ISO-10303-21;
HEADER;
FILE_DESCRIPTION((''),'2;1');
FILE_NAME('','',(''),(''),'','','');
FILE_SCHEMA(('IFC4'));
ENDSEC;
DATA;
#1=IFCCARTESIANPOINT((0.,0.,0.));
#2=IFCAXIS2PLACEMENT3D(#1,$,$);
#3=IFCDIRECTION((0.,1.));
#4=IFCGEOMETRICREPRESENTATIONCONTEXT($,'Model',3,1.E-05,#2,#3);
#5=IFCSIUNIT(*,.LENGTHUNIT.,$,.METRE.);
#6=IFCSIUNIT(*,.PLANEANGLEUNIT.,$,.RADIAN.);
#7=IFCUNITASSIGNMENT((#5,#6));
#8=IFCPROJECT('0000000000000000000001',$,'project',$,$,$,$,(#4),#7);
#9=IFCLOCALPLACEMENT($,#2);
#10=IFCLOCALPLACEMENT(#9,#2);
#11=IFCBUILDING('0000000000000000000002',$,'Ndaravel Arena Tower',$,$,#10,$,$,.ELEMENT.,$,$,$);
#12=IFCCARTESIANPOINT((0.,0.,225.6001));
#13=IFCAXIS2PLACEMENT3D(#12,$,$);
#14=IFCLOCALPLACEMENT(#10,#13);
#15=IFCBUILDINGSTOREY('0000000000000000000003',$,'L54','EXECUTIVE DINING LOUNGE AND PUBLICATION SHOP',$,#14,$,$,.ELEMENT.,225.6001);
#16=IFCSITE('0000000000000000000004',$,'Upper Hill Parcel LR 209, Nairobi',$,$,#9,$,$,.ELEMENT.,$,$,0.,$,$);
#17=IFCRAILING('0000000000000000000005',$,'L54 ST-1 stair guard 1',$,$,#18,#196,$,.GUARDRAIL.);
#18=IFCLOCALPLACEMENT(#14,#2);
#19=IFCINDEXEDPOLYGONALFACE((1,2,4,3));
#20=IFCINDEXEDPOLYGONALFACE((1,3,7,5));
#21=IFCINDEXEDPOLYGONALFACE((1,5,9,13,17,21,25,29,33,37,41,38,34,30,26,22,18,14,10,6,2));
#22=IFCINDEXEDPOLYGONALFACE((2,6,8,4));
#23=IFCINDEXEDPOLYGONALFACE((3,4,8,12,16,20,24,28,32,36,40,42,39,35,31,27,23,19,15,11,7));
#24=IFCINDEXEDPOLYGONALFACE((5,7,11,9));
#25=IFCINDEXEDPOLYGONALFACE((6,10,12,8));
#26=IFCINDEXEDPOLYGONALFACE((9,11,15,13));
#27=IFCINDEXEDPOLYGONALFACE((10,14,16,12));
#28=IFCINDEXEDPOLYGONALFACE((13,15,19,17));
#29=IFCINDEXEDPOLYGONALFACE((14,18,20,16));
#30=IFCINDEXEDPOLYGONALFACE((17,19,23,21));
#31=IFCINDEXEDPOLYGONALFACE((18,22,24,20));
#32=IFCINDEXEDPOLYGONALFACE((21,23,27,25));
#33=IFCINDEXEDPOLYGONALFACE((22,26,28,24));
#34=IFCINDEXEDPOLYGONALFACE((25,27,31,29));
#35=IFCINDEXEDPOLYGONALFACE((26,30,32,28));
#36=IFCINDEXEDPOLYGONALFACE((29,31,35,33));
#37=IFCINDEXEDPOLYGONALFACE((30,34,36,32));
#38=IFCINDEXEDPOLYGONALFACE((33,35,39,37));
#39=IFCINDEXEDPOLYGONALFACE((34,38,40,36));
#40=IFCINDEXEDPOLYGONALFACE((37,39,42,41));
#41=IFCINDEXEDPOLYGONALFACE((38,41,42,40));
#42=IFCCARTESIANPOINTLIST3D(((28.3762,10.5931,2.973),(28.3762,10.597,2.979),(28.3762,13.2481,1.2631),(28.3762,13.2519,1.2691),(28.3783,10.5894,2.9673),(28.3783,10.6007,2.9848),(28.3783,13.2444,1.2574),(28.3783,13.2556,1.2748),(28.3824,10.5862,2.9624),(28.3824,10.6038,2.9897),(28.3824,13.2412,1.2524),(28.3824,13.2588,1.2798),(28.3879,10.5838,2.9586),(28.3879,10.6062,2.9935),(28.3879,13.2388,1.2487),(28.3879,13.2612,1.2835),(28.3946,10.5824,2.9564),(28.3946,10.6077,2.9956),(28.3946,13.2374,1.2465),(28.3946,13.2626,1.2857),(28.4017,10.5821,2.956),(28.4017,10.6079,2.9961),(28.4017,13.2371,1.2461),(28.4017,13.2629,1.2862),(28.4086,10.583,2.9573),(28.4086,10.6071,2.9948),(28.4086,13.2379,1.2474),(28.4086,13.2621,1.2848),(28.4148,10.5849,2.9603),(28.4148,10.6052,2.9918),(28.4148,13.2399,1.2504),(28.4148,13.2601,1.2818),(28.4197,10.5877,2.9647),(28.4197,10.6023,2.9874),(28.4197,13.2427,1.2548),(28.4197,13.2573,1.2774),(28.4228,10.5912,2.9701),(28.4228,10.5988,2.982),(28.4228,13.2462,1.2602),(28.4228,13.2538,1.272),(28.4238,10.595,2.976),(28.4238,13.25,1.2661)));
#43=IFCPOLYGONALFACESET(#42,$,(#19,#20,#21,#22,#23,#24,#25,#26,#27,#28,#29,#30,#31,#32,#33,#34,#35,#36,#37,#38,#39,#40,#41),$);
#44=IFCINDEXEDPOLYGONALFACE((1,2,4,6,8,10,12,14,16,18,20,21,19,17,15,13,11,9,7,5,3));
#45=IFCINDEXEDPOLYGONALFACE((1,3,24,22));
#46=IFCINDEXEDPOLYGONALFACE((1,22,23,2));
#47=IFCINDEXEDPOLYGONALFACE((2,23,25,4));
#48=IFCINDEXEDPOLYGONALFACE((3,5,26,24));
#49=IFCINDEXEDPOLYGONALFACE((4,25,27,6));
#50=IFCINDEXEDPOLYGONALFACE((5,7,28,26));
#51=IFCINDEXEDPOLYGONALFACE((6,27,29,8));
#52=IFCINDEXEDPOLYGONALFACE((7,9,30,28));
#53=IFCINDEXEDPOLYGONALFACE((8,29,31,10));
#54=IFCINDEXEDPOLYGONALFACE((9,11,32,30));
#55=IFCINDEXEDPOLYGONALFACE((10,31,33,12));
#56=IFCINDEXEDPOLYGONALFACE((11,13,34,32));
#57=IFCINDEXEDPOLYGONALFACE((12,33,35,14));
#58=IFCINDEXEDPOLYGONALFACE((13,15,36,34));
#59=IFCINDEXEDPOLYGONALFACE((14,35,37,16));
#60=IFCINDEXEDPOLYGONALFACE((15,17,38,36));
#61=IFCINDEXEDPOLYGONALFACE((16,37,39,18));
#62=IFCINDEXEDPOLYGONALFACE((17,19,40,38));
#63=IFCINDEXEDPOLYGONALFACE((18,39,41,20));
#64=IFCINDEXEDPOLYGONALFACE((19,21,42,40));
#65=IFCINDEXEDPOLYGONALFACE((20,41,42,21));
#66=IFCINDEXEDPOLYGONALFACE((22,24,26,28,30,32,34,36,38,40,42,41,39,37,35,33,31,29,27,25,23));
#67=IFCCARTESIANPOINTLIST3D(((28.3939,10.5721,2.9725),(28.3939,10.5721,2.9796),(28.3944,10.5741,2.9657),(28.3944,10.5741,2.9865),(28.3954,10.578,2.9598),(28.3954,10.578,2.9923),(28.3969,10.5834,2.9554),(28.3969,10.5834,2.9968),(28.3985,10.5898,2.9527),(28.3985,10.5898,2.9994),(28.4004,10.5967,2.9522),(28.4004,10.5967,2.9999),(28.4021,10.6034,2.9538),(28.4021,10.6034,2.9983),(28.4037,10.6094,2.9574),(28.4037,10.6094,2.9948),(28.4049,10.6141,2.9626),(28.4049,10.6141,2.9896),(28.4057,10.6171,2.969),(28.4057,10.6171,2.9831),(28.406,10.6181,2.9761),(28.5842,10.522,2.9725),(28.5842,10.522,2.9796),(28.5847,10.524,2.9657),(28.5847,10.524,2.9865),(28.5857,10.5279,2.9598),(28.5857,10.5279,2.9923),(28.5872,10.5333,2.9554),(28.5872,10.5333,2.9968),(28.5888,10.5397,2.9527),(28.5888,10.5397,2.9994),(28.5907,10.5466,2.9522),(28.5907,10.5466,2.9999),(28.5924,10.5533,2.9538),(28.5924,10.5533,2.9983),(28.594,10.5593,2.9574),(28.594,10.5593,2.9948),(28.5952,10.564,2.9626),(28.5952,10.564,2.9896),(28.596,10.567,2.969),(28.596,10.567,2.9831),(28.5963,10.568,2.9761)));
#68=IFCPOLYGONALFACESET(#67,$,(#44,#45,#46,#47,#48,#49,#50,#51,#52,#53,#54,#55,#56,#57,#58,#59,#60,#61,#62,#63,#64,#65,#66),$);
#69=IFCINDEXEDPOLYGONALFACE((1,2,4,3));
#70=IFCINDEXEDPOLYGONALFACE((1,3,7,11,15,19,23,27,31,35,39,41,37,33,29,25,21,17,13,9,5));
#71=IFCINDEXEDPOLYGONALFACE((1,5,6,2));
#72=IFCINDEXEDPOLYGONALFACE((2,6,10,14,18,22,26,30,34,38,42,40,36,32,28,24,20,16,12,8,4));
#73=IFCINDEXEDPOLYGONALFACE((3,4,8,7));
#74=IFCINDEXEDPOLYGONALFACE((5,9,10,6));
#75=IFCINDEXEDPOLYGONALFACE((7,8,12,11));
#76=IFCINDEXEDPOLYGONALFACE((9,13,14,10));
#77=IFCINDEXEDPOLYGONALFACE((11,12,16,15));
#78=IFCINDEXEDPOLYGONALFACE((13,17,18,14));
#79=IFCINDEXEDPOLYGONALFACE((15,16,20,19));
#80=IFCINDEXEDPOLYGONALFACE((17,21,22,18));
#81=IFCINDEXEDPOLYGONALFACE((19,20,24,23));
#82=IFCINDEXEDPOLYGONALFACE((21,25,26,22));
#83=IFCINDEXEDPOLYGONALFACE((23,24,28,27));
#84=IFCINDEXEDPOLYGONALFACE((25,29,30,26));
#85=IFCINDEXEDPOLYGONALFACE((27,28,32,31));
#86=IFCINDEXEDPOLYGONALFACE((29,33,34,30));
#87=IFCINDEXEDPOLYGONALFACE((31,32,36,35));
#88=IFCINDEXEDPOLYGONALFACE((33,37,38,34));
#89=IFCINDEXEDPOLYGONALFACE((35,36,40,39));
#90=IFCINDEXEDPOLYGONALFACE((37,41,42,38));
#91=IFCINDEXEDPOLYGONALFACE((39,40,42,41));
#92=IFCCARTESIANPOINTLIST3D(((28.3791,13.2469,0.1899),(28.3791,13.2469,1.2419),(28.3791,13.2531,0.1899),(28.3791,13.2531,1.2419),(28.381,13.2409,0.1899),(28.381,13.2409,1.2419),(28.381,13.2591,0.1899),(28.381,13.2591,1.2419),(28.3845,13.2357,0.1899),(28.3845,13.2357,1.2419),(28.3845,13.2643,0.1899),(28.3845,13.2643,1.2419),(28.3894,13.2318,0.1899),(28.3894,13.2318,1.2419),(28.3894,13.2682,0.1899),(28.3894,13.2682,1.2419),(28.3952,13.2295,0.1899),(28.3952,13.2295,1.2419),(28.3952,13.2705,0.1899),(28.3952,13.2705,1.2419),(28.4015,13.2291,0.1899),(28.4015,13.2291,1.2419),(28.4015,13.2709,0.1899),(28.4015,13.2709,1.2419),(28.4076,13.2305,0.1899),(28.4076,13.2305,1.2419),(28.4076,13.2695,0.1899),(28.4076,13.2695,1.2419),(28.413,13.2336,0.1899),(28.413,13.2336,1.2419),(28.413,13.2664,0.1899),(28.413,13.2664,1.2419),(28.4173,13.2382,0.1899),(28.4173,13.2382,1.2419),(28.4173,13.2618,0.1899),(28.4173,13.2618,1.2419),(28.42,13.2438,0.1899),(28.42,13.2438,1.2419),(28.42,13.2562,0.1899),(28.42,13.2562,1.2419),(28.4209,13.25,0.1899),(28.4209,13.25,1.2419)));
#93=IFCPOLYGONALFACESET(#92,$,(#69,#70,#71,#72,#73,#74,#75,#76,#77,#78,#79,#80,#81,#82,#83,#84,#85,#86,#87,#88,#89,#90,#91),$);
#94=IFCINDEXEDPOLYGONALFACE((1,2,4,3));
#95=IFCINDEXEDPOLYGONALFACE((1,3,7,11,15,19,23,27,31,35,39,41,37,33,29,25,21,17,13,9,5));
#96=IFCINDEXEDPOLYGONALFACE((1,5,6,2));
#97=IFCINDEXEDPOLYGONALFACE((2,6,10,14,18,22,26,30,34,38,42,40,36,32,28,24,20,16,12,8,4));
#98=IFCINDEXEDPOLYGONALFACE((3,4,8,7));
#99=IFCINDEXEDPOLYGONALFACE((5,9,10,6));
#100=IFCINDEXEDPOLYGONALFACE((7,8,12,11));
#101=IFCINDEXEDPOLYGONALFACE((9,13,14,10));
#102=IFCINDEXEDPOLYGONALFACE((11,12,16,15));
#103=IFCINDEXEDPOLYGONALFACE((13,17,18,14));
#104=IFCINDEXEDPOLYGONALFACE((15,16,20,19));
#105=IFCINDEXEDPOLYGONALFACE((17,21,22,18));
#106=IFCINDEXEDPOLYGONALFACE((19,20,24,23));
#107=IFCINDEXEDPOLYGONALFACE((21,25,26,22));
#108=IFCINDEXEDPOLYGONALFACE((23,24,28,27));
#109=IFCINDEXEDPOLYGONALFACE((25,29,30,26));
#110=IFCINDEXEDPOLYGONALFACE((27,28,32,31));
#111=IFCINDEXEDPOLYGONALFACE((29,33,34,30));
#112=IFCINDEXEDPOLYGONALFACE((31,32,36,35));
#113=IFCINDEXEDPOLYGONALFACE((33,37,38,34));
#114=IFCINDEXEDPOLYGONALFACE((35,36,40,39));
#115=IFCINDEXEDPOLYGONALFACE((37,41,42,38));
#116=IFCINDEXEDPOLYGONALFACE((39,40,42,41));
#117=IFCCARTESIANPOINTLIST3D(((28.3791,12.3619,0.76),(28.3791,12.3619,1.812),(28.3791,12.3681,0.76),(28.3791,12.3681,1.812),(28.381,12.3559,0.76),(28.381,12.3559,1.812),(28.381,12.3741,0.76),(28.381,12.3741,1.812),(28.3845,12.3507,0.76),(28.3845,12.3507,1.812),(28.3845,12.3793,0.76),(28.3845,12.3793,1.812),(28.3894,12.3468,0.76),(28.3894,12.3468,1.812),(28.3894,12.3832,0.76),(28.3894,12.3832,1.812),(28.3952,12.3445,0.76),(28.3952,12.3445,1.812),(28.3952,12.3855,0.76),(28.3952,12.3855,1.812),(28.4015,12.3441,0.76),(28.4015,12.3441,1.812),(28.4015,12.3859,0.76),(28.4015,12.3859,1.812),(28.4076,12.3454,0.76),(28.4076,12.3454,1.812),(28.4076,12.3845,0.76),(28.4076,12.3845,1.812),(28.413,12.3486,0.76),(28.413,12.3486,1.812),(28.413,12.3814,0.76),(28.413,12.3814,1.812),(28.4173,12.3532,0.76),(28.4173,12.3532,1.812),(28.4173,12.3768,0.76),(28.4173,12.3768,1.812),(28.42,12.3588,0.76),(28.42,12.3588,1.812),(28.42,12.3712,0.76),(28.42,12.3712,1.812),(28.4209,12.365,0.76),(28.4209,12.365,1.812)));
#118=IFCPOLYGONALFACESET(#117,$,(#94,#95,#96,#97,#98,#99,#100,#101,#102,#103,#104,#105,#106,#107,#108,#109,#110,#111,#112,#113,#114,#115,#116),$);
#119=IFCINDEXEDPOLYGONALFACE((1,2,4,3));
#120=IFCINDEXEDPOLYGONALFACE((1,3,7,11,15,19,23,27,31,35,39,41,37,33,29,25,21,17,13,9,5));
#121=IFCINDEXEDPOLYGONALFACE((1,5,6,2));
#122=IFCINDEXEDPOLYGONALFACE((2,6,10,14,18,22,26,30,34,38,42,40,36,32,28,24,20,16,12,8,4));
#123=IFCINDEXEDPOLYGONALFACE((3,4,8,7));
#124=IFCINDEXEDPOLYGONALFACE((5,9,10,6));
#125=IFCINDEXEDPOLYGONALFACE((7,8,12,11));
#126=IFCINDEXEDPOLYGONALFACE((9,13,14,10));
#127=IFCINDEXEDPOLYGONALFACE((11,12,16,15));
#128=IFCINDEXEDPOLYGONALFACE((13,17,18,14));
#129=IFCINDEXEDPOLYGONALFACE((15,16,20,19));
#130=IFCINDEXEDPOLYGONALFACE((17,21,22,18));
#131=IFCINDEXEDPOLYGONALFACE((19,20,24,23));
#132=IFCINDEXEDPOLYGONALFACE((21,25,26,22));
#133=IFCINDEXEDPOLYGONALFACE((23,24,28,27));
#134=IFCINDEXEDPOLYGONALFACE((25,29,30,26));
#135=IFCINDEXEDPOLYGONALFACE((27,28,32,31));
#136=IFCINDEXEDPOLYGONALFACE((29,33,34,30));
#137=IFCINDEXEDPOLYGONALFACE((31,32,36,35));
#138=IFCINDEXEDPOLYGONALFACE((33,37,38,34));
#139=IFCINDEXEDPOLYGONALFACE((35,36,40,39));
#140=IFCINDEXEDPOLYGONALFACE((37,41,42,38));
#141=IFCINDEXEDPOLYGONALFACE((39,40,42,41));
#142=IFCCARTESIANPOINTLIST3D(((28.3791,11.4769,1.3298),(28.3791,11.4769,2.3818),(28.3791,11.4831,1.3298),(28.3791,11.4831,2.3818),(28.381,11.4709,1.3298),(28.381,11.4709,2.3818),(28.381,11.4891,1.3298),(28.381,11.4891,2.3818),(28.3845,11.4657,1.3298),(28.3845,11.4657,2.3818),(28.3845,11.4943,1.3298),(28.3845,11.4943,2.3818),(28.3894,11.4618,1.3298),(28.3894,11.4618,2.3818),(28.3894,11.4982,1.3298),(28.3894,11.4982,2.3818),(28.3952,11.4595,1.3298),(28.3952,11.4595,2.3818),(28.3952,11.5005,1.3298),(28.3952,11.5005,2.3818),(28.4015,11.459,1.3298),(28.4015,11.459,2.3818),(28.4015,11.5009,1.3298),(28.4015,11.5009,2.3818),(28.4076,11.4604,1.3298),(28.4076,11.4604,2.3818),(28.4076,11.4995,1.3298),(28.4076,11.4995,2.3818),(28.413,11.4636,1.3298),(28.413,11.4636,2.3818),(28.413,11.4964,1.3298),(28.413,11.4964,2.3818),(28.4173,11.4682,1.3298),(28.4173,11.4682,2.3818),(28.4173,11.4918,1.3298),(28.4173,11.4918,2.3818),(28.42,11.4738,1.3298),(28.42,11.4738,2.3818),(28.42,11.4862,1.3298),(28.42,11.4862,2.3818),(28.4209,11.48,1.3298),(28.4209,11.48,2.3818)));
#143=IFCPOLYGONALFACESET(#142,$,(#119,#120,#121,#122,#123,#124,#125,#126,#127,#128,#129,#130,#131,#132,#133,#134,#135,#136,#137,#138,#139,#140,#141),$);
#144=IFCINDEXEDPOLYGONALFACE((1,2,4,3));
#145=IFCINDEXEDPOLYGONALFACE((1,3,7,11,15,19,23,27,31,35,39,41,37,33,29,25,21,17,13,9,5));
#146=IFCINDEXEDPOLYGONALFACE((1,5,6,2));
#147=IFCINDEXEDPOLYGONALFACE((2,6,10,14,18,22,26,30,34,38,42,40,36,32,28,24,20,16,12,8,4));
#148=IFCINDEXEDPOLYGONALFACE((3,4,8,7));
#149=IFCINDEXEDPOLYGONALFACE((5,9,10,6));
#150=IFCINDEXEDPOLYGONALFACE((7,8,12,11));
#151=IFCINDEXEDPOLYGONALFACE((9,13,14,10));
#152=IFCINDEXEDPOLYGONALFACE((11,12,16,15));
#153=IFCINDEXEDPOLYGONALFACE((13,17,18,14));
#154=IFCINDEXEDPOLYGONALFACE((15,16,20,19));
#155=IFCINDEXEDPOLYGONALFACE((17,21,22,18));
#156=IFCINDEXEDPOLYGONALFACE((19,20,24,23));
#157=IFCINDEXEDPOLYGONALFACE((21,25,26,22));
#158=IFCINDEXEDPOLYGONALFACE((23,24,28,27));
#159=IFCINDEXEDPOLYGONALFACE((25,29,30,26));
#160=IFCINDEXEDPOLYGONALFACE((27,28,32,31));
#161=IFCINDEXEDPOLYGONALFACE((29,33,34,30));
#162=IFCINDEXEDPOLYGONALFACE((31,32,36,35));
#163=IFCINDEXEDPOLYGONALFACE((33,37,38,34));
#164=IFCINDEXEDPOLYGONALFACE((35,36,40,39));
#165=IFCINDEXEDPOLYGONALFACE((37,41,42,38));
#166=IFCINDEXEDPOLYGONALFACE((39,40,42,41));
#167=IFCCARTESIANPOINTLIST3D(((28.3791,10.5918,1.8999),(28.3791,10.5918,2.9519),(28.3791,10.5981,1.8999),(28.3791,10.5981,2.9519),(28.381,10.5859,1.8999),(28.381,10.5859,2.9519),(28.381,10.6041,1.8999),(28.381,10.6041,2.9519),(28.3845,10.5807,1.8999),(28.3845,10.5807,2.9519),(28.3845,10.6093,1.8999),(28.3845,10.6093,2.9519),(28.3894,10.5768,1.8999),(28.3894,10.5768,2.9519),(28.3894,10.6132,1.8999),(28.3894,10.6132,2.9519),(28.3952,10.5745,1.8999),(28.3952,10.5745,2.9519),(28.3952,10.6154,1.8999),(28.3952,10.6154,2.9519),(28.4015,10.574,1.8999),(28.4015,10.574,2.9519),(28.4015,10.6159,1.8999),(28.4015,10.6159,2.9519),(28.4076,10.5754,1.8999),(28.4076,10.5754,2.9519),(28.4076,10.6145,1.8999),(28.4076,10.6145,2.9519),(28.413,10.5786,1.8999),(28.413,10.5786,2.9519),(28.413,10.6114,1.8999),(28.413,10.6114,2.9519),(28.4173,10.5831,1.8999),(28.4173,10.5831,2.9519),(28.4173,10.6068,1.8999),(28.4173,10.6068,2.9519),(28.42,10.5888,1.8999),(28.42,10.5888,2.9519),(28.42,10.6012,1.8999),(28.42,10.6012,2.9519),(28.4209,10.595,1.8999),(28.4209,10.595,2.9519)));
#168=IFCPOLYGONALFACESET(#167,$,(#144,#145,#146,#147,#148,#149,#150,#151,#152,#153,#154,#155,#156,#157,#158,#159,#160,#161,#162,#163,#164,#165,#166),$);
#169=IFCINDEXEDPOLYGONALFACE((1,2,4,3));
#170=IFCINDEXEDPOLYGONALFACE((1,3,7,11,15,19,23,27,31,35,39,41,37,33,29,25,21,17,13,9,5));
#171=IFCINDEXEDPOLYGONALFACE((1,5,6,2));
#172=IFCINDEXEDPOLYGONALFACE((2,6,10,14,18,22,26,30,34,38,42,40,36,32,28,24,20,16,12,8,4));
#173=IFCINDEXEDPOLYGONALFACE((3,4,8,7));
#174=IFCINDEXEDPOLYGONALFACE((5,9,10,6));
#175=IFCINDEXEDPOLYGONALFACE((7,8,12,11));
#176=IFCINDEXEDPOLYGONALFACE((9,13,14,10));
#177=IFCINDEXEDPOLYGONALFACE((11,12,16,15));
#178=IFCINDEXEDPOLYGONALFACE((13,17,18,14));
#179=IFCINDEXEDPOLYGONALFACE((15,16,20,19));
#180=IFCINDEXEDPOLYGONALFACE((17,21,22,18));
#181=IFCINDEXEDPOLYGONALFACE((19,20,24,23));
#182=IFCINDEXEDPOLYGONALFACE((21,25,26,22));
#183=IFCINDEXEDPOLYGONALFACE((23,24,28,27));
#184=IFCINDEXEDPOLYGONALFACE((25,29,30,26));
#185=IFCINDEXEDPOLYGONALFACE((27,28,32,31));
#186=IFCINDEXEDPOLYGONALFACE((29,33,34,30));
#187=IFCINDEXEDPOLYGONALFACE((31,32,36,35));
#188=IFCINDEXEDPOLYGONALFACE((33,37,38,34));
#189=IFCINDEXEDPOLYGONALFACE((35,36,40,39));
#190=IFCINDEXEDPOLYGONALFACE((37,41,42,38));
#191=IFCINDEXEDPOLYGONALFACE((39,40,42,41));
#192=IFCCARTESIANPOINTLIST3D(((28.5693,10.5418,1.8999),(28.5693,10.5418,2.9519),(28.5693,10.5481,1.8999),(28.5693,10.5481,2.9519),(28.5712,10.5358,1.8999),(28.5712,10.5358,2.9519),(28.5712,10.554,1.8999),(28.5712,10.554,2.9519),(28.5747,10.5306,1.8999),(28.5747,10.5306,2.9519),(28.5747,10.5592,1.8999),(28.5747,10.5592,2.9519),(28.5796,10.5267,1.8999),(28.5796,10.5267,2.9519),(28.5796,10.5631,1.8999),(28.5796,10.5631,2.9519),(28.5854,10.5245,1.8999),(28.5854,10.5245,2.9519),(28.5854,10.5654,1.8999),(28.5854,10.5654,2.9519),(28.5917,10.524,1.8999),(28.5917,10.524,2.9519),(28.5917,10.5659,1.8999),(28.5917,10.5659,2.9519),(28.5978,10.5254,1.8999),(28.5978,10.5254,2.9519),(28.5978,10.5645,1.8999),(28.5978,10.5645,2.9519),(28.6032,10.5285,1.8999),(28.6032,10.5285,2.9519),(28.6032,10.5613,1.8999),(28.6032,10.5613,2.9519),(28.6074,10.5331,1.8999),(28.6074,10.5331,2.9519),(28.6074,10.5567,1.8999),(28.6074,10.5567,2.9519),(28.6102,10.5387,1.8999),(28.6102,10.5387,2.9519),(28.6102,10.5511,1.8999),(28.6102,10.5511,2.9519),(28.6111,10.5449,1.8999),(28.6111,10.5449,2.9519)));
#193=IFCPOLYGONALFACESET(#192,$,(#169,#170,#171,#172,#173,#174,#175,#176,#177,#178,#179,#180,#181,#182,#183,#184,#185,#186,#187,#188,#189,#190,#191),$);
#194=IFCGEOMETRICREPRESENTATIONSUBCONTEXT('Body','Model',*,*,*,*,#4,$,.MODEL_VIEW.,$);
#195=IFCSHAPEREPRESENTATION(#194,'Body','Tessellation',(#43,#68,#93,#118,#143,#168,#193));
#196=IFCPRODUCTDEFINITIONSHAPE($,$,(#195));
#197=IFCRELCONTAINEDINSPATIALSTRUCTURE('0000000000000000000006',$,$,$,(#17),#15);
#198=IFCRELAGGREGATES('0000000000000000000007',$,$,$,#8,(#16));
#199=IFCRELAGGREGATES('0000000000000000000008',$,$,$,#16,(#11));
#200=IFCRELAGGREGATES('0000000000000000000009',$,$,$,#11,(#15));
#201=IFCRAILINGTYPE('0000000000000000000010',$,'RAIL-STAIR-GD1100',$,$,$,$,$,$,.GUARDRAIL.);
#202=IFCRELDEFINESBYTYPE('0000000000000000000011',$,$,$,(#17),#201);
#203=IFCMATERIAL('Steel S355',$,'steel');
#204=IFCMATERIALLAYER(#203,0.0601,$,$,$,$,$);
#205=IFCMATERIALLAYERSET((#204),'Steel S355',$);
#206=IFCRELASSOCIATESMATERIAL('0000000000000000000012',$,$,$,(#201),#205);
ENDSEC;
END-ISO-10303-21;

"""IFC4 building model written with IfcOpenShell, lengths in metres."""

from ifc_helpers import new_model, si_unit, direction, frame, origin, origin_2d, place, context, subcontext, project, spatial, circle, extrude, material, layer, layer_set, type_object, element, save


model = new_model("IFC4")

# Units and contexts
model_context = context("Model", 3, precision=1e-05, world=origin(), true_north=direction((0.0, 1.0)))
body_context = subcontext(model_context, "Body", "Model", "MODEL_VIEW")
ifc_project = project(units=[si_unit("LENGTHUNIT", "METRE"), si_unit("PLANEANGLEUNIT", "RADIAN")], contexts=[model_context])

# Site, building, storey
site_placement = place(None, origin())
site = spatial("IfcSite", under=ifc_project, at=site_placement, Name="Upper Hill Parcel LR 209, Nairobi", CompositionType="ELEMENT", RefElevation=0.0)
building_placement = place(site_placement, origin())
building = spatial("IfcBuilding", under=site, at=building_placement, Name="Ndaravel Arena Tower", CompositionType="ELEMENT")
storey_placement = place(building_placement, frame((0.0, 0.0, 225.6001)))
storey = spatial("IfcBuildingStorey", under=building, at=storey_placement, Name="L54", Description="EXECUTIVE DINING LOUNGE AND PUBLICATION SHOP", CompositionType="ELEMENT", Elevation=225.6001)

# Railing
ifc_material_1 = material(Name="Steel S355", Category="steel")
ifc_layer_1 = layer(ifc_material_1, 0.0601)
ifc_layer_set_1 = layer_set([ifc_layer_1], Name="Steel S355")
railing_type_1 = type_object("IfcRailingType", Name="RAIL-STAIR-GD1100", PredefinedType="GUARDRAIL", material=ifc_layer_set_1)
railing_1_placement = place(storey_placement, frame((28.3999, 13.25, 0.1899)))
element("IfcRailing", 1, at=railing_1_placement, inside=storey, type_object=railing_type_1, Name="L54 ST-1 stair guard 1", PredefinedType="GUARDRAIL", context=body_context, shape_type="SweptSolid", body=[
    extrude(circle(Radius=0.0239, at=origin_2d()), frame((0.0, 0.0, 1.0762), z_axis=(0.0, -0.840724, 0.541465), x_axis=(1.0, 0.0, 0.0)), (0.0, 0.0, 1.0), 3.158),
    extrude(circle(Radius=0.0239, at=origin_2d()), frame((0.0, -2.655, 2.7861), z_axis=(0.967075, -0.254493, 0.0), x_axis=(0.254493, 0.967075, 0.0)), (0.0, 0.0, 1.0), 0.1968),
    extrude(circle(Radius=0.021, at=origin_2d()), origin(), (0.0, 0.0, 1.0), 1.052),
    extrude(circle(Radius=0.021, at=origin_2d()), frame((0.0, -0.885, 0.5701)), (0.0, 0.0, 1.0), 1.052),
    extrude(circle(Radius=0.021, at=origin_2d()), frame((0.0, -1.77, 1.1399)), (0.0, 0.0, 1.0), 1.052),
    extrude(circle(Radius=0.021, at=origin_2d()), frame((0.0, -2.655, 1.71)), (0.0, 0.0, 1.0), 1.052),
    extrude(circle(Radius=0.021, at=origin_2d()), frame((0.1902, -2.7051, 1.71)), (0.0, 0.0, 1.0), 1.052),
])

save(model, "model.ifc")
